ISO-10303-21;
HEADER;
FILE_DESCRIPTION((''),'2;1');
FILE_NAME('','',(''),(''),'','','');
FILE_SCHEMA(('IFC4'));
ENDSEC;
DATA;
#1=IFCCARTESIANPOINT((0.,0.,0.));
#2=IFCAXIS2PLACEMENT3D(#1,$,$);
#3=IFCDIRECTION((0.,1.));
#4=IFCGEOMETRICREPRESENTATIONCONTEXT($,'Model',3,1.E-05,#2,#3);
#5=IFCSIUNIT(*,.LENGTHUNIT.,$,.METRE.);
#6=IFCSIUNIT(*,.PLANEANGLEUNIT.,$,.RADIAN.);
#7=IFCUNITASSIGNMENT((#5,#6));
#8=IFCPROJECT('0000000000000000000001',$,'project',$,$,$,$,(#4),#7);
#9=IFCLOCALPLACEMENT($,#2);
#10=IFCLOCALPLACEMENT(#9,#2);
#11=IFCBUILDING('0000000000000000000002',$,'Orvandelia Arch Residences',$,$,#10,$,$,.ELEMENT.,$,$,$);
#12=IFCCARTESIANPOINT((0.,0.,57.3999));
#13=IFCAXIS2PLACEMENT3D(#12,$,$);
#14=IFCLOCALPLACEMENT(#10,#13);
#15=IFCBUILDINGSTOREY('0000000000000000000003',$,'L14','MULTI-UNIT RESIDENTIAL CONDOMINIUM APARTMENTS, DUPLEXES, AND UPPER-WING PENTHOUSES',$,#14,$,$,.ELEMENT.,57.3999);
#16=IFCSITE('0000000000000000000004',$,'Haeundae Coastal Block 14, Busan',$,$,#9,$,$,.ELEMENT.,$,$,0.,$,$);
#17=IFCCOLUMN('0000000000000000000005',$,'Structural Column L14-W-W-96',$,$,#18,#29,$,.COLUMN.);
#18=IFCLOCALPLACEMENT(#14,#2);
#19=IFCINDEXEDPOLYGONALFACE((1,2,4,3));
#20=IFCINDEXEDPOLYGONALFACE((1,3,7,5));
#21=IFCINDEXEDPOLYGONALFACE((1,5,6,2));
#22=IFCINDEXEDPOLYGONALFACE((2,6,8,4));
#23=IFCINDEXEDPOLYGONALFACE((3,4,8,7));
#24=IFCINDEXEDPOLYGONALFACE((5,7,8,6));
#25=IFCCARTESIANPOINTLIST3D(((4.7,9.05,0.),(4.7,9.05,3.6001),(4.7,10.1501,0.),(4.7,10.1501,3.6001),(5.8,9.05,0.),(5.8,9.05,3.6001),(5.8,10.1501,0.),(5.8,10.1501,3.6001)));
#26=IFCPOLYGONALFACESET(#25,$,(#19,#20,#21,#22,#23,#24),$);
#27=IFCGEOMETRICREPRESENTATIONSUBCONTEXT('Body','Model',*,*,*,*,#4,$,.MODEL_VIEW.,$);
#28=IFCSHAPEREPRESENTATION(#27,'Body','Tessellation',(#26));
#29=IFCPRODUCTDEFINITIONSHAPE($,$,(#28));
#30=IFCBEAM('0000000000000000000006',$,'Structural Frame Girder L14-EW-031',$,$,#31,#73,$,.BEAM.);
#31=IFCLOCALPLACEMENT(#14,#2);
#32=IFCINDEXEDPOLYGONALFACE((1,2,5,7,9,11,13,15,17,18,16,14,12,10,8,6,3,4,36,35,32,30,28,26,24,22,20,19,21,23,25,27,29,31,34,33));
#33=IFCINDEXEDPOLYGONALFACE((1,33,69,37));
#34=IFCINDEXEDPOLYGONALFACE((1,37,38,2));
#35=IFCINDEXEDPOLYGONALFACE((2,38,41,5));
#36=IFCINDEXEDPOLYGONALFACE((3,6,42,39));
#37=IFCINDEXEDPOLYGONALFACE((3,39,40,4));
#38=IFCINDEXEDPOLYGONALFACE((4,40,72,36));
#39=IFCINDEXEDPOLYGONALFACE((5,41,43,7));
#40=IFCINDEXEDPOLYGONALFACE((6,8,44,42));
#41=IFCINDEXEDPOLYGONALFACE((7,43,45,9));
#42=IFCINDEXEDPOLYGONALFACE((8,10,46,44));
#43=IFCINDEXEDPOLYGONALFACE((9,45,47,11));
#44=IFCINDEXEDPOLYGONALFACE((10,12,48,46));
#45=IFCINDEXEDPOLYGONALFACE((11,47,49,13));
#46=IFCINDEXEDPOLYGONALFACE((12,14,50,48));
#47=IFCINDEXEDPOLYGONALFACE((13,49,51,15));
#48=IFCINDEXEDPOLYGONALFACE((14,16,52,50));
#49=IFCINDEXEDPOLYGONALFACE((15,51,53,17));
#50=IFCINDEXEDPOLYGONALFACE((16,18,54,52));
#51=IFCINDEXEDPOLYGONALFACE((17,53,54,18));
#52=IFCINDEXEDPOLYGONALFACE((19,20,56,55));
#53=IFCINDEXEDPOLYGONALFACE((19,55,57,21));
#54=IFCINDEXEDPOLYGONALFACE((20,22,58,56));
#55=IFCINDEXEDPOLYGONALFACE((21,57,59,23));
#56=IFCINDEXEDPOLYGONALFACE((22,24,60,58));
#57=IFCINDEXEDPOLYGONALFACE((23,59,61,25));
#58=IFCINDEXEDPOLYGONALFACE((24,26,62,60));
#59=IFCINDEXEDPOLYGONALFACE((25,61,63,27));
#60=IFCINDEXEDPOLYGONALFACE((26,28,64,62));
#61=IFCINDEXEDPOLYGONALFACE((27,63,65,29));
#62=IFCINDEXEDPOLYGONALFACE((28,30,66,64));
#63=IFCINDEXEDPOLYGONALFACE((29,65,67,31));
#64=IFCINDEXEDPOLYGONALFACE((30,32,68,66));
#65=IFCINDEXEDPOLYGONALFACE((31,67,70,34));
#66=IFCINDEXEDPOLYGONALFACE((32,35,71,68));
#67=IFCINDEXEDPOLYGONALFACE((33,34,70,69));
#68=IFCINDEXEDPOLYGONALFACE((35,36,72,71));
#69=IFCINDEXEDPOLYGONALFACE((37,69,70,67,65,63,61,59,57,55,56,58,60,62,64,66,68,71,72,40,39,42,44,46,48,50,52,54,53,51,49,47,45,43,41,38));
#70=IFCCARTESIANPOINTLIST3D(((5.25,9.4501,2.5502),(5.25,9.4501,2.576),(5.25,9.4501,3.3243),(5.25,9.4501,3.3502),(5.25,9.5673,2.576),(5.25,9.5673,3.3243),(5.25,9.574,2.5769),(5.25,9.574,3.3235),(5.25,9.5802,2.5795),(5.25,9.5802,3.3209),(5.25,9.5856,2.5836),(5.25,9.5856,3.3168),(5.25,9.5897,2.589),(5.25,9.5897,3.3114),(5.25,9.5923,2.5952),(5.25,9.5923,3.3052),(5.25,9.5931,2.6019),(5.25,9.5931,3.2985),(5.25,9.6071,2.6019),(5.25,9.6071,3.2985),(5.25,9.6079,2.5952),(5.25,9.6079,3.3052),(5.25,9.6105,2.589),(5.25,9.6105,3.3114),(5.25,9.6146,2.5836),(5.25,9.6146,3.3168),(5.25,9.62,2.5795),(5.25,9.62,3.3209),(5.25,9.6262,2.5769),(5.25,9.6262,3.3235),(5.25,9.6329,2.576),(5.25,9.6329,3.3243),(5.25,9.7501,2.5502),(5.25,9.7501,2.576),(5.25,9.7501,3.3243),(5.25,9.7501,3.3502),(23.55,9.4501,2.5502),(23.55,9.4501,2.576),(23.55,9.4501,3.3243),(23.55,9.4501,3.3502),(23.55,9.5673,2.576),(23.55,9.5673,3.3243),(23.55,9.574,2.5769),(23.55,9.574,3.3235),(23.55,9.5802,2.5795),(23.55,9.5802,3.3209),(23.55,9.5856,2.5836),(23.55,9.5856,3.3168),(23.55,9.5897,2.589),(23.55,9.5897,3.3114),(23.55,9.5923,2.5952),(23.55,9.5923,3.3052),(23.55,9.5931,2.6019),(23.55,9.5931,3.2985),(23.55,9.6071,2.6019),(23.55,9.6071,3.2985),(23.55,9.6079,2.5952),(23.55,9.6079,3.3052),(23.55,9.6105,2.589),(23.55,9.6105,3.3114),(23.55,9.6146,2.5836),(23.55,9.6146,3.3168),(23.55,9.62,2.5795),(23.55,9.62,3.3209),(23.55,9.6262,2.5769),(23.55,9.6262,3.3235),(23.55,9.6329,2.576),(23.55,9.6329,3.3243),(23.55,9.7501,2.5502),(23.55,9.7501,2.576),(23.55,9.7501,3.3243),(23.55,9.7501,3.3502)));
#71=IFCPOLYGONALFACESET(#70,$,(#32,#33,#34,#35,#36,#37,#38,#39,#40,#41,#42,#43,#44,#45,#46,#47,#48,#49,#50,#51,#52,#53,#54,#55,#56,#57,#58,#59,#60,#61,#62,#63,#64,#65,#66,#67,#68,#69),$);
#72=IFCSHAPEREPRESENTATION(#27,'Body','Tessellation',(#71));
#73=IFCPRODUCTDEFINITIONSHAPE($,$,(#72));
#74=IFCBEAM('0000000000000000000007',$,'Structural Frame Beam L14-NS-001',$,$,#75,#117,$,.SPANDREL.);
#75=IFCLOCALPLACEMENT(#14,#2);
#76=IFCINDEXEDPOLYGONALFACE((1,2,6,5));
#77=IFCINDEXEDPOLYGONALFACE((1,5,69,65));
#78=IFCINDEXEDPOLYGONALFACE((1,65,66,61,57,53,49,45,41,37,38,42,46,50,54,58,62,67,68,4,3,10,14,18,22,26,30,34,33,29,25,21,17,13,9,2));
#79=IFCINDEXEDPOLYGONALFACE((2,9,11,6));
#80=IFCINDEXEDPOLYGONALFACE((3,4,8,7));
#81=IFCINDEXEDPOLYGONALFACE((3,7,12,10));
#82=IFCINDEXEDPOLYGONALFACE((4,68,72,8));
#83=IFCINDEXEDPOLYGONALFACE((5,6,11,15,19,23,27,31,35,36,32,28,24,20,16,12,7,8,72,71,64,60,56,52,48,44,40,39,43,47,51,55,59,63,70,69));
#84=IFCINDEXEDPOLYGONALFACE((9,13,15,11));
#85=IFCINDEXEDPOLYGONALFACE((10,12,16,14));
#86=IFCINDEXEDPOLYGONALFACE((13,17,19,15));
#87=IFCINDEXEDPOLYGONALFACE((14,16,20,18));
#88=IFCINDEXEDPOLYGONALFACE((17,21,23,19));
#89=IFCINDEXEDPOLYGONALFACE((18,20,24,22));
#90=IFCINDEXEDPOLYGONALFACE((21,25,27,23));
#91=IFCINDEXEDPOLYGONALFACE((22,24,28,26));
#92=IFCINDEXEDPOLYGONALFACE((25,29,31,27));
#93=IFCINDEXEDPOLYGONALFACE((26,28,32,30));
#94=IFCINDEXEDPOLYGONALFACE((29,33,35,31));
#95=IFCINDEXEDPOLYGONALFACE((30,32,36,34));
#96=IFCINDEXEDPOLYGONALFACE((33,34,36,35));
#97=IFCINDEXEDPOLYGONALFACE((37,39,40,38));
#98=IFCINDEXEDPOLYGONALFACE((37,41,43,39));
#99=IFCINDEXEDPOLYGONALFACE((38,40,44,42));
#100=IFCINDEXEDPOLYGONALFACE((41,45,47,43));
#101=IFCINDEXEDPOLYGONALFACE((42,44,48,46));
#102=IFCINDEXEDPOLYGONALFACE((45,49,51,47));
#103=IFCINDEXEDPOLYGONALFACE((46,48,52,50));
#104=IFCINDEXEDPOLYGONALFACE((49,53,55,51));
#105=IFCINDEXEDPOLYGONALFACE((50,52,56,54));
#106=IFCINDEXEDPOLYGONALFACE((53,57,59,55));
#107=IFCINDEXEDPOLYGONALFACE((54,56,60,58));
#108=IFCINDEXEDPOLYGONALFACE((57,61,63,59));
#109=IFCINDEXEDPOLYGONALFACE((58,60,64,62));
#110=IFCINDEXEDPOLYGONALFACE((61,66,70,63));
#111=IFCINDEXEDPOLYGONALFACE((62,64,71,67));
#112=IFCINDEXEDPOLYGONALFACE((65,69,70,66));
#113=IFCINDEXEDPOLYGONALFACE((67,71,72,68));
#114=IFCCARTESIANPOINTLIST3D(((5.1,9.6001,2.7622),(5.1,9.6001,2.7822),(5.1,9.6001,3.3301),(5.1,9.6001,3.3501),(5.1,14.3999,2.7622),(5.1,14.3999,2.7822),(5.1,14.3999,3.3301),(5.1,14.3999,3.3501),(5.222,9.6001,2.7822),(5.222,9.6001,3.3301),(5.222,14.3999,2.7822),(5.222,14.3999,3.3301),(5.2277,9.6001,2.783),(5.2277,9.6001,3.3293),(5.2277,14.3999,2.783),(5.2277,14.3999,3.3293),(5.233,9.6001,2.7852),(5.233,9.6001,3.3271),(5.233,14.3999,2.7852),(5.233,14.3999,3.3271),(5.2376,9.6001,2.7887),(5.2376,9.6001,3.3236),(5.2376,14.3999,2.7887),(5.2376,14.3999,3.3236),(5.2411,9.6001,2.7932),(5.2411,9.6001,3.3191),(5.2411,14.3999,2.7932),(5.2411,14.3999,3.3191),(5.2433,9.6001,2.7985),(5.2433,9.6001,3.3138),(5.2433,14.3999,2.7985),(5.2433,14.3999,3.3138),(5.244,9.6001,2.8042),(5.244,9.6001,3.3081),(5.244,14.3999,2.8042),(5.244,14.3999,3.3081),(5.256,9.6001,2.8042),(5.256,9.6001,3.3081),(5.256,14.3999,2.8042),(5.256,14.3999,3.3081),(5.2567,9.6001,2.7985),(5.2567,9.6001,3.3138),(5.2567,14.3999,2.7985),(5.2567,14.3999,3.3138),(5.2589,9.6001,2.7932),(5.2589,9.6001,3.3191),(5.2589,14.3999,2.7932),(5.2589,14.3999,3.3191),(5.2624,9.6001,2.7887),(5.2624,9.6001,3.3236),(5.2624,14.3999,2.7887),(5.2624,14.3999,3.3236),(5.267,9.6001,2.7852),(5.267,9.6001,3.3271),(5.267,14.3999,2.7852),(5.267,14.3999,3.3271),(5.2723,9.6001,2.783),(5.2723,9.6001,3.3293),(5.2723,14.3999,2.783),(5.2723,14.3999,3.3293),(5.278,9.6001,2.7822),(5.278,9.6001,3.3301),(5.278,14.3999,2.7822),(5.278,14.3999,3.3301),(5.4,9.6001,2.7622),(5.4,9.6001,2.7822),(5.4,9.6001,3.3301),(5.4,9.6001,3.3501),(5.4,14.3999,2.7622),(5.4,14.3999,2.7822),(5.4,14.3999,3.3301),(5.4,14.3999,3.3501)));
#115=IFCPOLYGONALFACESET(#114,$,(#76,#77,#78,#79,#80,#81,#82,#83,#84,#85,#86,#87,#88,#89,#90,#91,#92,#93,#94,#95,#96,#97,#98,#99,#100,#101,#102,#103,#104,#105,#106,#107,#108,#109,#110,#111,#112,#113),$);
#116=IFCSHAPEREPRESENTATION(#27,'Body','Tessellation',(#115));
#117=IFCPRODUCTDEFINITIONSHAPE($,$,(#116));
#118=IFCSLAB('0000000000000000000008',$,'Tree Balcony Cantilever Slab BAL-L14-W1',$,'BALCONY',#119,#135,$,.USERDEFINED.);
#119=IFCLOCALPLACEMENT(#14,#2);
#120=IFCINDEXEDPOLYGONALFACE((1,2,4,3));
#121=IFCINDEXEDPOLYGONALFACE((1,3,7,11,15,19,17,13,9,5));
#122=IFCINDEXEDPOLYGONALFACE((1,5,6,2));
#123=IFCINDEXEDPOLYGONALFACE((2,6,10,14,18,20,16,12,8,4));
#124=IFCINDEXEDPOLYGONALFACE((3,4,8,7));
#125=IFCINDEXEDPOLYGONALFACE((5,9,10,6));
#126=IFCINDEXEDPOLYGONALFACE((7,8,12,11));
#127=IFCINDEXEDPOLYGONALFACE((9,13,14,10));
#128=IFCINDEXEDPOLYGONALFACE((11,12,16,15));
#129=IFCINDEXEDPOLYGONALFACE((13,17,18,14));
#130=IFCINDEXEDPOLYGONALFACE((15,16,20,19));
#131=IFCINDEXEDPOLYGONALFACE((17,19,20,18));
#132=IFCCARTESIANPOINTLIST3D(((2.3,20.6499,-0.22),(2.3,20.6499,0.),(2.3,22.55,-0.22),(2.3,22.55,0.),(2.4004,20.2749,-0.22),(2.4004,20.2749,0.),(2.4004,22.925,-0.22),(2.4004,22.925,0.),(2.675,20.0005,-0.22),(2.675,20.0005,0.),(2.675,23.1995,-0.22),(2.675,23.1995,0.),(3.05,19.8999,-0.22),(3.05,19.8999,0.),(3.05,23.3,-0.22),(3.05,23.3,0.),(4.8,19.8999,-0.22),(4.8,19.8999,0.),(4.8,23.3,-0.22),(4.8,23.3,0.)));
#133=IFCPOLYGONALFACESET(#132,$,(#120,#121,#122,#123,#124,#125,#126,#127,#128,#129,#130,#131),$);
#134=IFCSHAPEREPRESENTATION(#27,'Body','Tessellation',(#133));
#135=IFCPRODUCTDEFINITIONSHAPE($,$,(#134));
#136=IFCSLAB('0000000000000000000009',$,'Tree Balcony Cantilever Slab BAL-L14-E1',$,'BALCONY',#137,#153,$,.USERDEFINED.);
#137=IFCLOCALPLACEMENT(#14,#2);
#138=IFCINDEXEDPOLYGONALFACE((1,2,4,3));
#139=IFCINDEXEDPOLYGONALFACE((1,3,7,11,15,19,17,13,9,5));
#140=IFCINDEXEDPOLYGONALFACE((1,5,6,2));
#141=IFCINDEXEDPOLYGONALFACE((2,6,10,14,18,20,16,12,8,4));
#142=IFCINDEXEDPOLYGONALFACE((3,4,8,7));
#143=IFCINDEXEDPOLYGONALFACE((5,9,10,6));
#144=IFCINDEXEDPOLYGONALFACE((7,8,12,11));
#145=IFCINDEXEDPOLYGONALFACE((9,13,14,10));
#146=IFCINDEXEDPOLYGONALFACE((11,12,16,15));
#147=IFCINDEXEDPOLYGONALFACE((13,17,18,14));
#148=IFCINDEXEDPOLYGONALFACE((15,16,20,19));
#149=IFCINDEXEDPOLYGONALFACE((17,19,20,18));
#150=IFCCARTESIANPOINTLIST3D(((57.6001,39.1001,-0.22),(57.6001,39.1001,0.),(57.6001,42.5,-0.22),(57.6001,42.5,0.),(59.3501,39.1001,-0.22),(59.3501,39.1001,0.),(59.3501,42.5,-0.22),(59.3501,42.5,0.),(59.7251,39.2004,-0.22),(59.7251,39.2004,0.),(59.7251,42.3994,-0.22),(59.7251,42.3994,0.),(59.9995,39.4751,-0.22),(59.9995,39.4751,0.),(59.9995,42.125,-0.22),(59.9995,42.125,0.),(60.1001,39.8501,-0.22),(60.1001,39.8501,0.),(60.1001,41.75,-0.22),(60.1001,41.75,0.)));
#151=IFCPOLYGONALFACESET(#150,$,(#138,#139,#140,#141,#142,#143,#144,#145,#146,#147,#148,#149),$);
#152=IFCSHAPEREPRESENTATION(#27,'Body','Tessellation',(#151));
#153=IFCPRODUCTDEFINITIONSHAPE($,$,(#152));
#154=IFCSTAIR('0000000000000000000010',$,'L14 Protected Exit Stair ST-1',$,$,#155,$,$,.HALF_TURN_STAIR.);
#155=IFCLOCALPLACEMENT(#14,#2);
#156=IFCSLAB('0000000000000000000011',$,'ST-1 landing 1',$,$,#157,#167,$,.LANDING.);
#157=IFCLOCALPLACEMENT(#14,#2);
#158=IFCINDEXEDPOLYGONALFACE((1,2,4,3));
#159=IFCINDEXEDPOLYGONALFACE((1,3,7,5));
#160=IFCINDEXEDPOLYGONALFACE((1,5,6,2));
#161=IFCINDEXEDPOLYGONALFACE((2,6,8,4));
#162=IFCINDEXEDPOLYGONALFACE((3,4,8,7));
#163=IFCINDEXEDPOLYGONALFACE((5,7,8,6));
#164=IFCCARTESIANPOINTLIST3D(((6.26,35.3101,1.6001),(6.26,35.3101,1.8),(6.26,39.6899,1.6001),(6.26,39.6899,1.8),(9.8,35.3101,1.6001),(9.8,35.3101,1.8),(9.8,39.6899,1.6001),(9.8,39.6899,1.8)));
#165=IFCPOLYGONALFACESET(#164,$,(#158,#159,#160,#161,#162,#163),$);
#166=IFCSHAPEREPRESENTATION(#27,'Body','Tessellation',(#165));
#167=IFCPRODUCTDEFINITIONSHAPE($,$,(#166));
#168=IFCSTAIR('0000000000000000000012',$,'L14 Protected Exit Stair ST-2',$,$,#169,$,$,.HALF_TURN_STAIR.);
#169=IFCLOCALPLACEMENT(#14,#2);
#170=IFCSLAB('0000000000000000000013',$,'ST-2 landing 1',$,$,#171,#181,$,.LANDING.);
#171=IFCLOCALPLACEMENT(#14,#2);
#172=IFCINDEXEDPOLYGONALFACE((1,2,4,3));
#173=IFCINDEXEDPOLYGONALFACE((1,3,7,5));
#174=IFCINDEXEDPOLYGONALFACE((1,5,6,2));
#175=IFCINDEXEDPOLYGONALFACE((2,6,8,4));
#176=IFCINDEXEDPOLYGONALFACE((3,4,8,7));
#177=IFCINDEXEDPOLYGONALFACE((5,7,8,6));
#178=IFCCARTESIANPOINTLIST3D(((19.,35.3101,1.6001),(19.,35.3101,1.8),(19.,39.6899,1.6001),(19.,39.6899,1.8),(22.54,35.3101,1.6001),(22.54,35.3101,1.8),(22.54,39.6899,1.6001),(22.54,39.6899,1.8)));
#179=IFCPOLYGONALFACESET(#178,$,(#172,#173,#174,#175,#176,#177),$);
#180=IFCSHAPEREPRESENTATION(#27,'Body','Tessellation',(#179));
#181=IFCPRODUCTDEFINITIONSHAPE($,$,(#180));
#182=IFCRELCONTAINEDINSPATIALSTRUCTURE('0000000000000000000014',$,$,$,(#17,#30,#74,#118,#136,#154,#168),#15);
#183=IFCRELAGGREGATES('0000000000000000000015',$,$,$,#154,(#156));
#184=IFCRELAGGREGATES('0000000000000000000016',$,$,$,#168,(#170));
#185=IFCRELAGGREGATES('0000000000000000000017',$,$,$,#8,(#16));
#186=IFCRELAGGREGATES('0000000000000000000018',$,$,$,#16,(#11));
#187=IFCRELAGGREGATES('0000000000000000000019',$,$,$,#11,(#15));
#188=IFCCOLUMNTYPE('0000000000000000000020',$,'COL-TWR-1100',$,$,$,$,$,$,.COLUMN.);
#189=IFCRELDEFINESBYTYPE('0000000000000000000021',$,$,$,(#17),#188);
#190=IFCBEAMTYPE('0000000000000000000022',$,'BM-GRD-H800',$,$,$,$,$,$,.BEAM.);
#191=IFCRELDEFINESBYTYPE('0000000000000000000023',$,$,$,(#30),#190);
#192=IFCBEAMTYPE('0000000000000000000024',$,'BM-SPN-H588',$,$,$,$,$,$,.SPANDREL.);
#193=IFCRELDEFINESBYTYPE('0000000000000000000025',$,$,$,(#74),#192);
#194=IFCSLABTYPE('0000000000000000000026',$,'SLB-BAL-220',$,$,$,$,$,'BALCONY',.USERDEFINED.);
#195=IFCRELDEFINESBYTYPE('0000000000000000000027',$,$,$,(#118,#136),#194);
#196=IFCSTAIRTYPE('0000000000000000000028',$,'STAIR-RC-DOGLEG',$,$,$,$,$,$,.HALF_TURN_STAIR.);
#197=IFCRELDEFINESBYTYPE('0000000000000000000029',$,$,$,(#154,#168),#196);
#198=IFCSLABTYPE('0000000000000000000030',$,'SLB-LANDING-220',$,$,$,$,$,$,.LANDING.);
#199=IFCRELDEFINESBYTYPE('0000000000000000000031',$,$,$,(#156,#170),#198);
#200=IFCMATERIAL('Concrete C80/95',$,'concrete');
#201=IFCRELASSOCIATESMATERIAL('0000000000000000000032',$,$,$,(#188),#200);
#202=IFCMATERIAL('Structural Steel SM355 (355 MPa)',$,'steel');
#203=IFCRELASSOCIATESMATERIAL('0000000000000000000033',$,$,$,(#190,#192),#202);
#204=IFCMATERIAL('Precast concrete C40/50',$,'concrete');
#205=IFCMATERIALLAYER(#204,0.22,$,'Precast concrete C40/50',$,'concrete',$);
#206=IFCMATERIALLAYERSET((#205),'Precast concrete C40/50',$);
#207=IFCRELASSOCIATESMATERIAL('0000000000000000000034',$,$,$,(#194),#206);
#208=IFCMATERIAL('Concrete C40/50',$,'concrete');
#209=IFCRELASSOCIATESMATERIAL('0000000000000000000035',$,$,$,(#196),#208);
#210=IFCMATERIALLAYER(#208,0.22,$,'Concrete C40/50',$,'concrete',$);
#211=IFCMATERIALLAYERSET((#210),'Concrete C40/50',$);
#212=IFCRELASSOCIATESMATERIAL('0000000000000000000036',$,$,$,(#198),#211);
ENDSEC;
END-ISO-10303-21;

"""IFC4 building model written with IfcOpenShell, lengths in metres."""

from ifc_helpers import new_model, si_unit, direction, frame, origin, origin_2d, place, context, subcontext, project, spatial, polyline, rectangle, i_section, outline, extrude, material, layer, layer_set, material_profile, profile_set, type_object, element, aggregate, save


model = new_model("IFC4")

# Units and contexts
model_context = context("Model", 3, precision=1e-05, world=origin(), true_north=direction((0.0, 1.0)))
body_context = subcontext(model_context, "Body", "Model", "MODEL_VIEW")
ifc_project = project(units=[si_unit("LENGTHUNIT", "METRE"), si_unit("PLANEANGLEUNIT", "RADIAN")], contexts=[model_context])

# Site, building, storey
site_placement = place(None, origin())
site = spatial("IfcSite", under=ifc_project, at=site_placement, Name="Haeundae Coastal Block 14, Busan", CompositionType="ELEMENT", RefElevation=0.0)
building_placement = place(site_placement, origin())
building = spatial("IfcBuilding", under=site, at=building_placement, Name="Orvandelia Arch Residences", CompositionType="ELEMENT")
storey_placement = place(building_placement, frame((0.0, 0.0, 57.3999)))
storey = spatial("IfcBuildingStorey", under=building, at=storey_placement, Name="L14", Description="MULTI-UNIT RESIDENTIAL CONDOMINIUM APARTMENTS, DUPLEXES, AND UPPER-WING PENTHOUSES", CompositionType="ELEMENT", Elevation=57.3999)

# Column
ifc_material_1 = material(Name="Concrete C80/95", Category="concrete")
ifc_material_profile_1 = material_profile(ifc_material_1, rectangle(XDim=1.1001, YDim=1.1001, at=origin_2d()), Name="Concrete C80/95", Category="concrete")
ifc_profile_set_1 = profile_set([ifc_material_profile_1], Name="Concrete C80/95")
column_type = type_object("IfcColumnType", Name="COL-TWR-1100", PredefinedType="COLUMN", material=ifc_profile_set_1)
column_placement = place(storey_placement, frame((5.25, 9.6001, 0.0), z_axis=(0.0, 0.0, 1.0), x_axis=(1.0, 0.0, 0.0)))
element("IfcColumn", 1, at=column_placement, inside=storey, type_object=column_type, Name="Structural Column L14-W-W-96", PredefinedType="COLUMN", context=body_context, shape_type="SweptSolid", body=[
    extrude(rectangle(XDim=1.1001, YDim=1.1001, at=origin_2d()), origin(), (0.0, 0.0, 1.0), 3.6001),
])

# Beams
ifc_material_2 = material(Name="Structural Steel SM355 (355 MPa)", Category="steel")
ifc_material_profile_2 = material_profile(ifc_material_2, i_section(OverallWidth=0.3, OverallDepth=0.8, WebThickness=0.0139, FlangeThickness=0.0259, FilletRadius=0.0259, at=origin_2d()), Name="Structural Steel SM355 (355 MPa)", Category="steel")
ifc_profile_set_2 = profile_set([ifc_material_profile_2], Name="Structural Steel SM355 (355 MPa)")
beam_type_1 = type_object("IfcBeamType", Name="BM-GRD-H800", PredefinedType="BEAM", material=ifc_profile_set_2)
beam_1_placement = place(storey_placement, frame((5.25, 9.6001, 2.9502), z_axis=(1.0, 0.0, 0.0), x_axis=(0.0, 1.0, 0.0)))
element("IfcBeam", 2, at=beam_1_placement, inside=storey, type_object=beam_type_1, Name="Structural Frame Girder L14-EW-031", PredefinedType="BEAM", context=body_context, shape_type="SweptSolid", body=[
    extrude(i_section(OverallWidth=0.3, OverallDepth=0.8, WebThickness=0.0139, FlangeThickness=0.0259, FilletRadius=0.0259, at=origin_2d()), origin(), (0.0, 0.0, 1.0), 18.3),
])
ifc_material_profile_3 = material_profile(ifc_material_2, i_section(OverallWidth=0.3, OverallDepth=0.5879, WebThickness=0.012, FlangeThickness=0.02, FilletRadius=0.022, at=origin_2d()), Name="Structural Steel SM355 (355 MPa)", Category="steel")
ifc_profile_set_3 = profile_set([ifc_material_profile_3], Name="Structural Steel SM355 (355 MPa)")
beam_type_2 = type_object("IfcBeamType", Name="BM-SPN-H588", PredefinedType="SPANDREL", material=ifc_profile_set_3)
beam_2_placement = place(storey_placement, frame((5.25, 9.6001, 3.0562), z_axis=(0.0, 1.0, 0.0), x_axis=(-1.0, 0.0, 0.0)))
element("IfcBeam", 3, at=beam_2_placement, inside=storey, type_object=beam_type_2, Name="Structural Frame Beam L14-NS-001", PredefinedType="SPANDREL", context=body_context, shape_type="SweptSolid", body=[
    extrude(i_section(OverallWidth=0.3, OverallDepth=0.5879, WebThickness=0.012, FlangeThickness=0.02, FilletRadius=0.022, at=origin_2d()), origin(), (0.0, 0.0, 1.0), 4.7998),
])

# Slabs
ifc_material_3 = material(Name="Precast concrete C40/50", Category="concrete")
ifc_layer_1 = layer(ifc_material_3, 0.22, Name="Precast concrete C40/50", Category="concrete")
ifc_layer_set_1 = layer_set([ifc_layer_1], Name="Precast concrete C40/50")
slab_type_1 = type_object("IfcSlabType", Name="SLB-BAL-220", ElementType="BALCONY", PredefinedType="USERDEFINED", material=ifc_layer_set_1)
slab_1_placement = place(storey_placement, frame((0.0, 0.0, -0.22)))
element("IfcSlab", 4, at=slab_1_placement, inside=storey, type_object=slab_type_1, Name="Tree Balcony Cantilever Slab BAL-L14-W1", ObjectType="BALCONY", PredefinedType="USERDEFINED", context=body_context, shape_type="SweptSolid", body=[
    extrude(outline(polyline([(4.8, 19.8999), (4.8, 23.3), (3.05, 23.3), (2.675, 23.1995), (2.4004, 22.925), (2.3, 22.55), (2.3, 20.6499), (2.4004, 20.2749), (2.675, 20.0005), (3.05, 19.8999), (4.8, 19.8999)])), origin(), (0.0, 0.0, 1.0), 0.22),
])
slab_2_placement = place(storey_placement, frame((0.0, 0.0, -0.22)))
element("IfcSlab", 5, at=slab_2_placement, inside=storey, type_object=slab_type_1, Name="Tree Balcony Cantilever Slab BAL-L14-E1", ObjectType="BALCONY", PredefinedType="USERDEFINED", context=body_context, shape_type="SweptSolid", body=[
    extrude(outline(polyline([(57.6001, 42.5), (57.6001, 39.1001), (59.3501, 39.1001), (59.7251, 39.2004), (59.9995, 39.4751), (60.1001, 39.8501), (60.1001, 41.75), (59.9995, 42.125), (59.7251, 42.3994), (59.3501, 42.5), (57.6001, 42.5)])), origin(), (0.0, 0.0, 1.0), 0.22),
])

# Stairs, slabs
ifc_material_4 = material(Name="Concrete C40/50", Category="concrete")
stair_type = type_object("IfcStairType", Name="STAIR-RC-DOGLEG", PredefinedType="HALF_TURN_STAIR", material=ifc_material_4)
stair_1_placement = place(storey_placement, origin())
stair_1 = element("IfcStair", 6, at=stair_1_placement, inside=storey, type_object=stair_type, Name="L14 Protected Exit Stair ST-1", PredefinedType="HALF_TURN_STAIR")
ifc_layer_2 = layer(ifc_material_4, 0.22, Name="Concrete C40/50", Category="concrete")
ifc_layer_set_2 = layer_set([ifc_layer_2], Name="Concrete C40/50")
slab_type_2 = type_object("IfcSlabType", Name="SLB-LANDING-220", PredefinedType="LANDING", material=ifc_layer_set_2)
slab_3_placement = place(storey_placement, frame((0.0, 0.0, 1.6001)))
slab_3 = element("IfcSlab", 7, at=slab_3_placement, type_object=slab_type_2, Name="ST-1 landing 1", PredefinedType="LANDING", context=body_context, shape_type="SweptSolid", body=[
    extrude(outline(polyline([(9.8, 35.3101), (9.8, 39.6899), (6.26, 39.6899), (6.26, 35.3101), (9.8, 35.3101)])), origin(), (0.0, 0.0, 1.0), 0.2),
])
aggregate(stair_1, [slab_3])
stair_2_placement = place(storey_placement, origin())
stair_2 = element("IfcStair", 8, at=stair_2_placement, inside=storey, type_object=stair_type, Name="L14 Protected Exit Stair ST-2", PredefinedType="HALF_TURN_STAIR")
slab_4_placement = place(storey_placement, frame((0.0, 0.0, 1.6001)))
slab_4 = element("IfcSlab", 9, at=slab_4_placement, type_object=slab_type_2, Name="ST-2 landing 1", PredefinedType="LANDING", context=body_context, shape_type="SweptSolid", body=[
    extrude(outline(polyline([(22.54, 35.3101), (22.54, 39.6899), (19.0, 39.6899), (19.0, 35.3101), (22.54, 35.3101)])), origin(), (0.0, 0.0, 1.0), 0.2),
])
aggregate(stair_2, [slab_4])

save(model, "model.ifc")
